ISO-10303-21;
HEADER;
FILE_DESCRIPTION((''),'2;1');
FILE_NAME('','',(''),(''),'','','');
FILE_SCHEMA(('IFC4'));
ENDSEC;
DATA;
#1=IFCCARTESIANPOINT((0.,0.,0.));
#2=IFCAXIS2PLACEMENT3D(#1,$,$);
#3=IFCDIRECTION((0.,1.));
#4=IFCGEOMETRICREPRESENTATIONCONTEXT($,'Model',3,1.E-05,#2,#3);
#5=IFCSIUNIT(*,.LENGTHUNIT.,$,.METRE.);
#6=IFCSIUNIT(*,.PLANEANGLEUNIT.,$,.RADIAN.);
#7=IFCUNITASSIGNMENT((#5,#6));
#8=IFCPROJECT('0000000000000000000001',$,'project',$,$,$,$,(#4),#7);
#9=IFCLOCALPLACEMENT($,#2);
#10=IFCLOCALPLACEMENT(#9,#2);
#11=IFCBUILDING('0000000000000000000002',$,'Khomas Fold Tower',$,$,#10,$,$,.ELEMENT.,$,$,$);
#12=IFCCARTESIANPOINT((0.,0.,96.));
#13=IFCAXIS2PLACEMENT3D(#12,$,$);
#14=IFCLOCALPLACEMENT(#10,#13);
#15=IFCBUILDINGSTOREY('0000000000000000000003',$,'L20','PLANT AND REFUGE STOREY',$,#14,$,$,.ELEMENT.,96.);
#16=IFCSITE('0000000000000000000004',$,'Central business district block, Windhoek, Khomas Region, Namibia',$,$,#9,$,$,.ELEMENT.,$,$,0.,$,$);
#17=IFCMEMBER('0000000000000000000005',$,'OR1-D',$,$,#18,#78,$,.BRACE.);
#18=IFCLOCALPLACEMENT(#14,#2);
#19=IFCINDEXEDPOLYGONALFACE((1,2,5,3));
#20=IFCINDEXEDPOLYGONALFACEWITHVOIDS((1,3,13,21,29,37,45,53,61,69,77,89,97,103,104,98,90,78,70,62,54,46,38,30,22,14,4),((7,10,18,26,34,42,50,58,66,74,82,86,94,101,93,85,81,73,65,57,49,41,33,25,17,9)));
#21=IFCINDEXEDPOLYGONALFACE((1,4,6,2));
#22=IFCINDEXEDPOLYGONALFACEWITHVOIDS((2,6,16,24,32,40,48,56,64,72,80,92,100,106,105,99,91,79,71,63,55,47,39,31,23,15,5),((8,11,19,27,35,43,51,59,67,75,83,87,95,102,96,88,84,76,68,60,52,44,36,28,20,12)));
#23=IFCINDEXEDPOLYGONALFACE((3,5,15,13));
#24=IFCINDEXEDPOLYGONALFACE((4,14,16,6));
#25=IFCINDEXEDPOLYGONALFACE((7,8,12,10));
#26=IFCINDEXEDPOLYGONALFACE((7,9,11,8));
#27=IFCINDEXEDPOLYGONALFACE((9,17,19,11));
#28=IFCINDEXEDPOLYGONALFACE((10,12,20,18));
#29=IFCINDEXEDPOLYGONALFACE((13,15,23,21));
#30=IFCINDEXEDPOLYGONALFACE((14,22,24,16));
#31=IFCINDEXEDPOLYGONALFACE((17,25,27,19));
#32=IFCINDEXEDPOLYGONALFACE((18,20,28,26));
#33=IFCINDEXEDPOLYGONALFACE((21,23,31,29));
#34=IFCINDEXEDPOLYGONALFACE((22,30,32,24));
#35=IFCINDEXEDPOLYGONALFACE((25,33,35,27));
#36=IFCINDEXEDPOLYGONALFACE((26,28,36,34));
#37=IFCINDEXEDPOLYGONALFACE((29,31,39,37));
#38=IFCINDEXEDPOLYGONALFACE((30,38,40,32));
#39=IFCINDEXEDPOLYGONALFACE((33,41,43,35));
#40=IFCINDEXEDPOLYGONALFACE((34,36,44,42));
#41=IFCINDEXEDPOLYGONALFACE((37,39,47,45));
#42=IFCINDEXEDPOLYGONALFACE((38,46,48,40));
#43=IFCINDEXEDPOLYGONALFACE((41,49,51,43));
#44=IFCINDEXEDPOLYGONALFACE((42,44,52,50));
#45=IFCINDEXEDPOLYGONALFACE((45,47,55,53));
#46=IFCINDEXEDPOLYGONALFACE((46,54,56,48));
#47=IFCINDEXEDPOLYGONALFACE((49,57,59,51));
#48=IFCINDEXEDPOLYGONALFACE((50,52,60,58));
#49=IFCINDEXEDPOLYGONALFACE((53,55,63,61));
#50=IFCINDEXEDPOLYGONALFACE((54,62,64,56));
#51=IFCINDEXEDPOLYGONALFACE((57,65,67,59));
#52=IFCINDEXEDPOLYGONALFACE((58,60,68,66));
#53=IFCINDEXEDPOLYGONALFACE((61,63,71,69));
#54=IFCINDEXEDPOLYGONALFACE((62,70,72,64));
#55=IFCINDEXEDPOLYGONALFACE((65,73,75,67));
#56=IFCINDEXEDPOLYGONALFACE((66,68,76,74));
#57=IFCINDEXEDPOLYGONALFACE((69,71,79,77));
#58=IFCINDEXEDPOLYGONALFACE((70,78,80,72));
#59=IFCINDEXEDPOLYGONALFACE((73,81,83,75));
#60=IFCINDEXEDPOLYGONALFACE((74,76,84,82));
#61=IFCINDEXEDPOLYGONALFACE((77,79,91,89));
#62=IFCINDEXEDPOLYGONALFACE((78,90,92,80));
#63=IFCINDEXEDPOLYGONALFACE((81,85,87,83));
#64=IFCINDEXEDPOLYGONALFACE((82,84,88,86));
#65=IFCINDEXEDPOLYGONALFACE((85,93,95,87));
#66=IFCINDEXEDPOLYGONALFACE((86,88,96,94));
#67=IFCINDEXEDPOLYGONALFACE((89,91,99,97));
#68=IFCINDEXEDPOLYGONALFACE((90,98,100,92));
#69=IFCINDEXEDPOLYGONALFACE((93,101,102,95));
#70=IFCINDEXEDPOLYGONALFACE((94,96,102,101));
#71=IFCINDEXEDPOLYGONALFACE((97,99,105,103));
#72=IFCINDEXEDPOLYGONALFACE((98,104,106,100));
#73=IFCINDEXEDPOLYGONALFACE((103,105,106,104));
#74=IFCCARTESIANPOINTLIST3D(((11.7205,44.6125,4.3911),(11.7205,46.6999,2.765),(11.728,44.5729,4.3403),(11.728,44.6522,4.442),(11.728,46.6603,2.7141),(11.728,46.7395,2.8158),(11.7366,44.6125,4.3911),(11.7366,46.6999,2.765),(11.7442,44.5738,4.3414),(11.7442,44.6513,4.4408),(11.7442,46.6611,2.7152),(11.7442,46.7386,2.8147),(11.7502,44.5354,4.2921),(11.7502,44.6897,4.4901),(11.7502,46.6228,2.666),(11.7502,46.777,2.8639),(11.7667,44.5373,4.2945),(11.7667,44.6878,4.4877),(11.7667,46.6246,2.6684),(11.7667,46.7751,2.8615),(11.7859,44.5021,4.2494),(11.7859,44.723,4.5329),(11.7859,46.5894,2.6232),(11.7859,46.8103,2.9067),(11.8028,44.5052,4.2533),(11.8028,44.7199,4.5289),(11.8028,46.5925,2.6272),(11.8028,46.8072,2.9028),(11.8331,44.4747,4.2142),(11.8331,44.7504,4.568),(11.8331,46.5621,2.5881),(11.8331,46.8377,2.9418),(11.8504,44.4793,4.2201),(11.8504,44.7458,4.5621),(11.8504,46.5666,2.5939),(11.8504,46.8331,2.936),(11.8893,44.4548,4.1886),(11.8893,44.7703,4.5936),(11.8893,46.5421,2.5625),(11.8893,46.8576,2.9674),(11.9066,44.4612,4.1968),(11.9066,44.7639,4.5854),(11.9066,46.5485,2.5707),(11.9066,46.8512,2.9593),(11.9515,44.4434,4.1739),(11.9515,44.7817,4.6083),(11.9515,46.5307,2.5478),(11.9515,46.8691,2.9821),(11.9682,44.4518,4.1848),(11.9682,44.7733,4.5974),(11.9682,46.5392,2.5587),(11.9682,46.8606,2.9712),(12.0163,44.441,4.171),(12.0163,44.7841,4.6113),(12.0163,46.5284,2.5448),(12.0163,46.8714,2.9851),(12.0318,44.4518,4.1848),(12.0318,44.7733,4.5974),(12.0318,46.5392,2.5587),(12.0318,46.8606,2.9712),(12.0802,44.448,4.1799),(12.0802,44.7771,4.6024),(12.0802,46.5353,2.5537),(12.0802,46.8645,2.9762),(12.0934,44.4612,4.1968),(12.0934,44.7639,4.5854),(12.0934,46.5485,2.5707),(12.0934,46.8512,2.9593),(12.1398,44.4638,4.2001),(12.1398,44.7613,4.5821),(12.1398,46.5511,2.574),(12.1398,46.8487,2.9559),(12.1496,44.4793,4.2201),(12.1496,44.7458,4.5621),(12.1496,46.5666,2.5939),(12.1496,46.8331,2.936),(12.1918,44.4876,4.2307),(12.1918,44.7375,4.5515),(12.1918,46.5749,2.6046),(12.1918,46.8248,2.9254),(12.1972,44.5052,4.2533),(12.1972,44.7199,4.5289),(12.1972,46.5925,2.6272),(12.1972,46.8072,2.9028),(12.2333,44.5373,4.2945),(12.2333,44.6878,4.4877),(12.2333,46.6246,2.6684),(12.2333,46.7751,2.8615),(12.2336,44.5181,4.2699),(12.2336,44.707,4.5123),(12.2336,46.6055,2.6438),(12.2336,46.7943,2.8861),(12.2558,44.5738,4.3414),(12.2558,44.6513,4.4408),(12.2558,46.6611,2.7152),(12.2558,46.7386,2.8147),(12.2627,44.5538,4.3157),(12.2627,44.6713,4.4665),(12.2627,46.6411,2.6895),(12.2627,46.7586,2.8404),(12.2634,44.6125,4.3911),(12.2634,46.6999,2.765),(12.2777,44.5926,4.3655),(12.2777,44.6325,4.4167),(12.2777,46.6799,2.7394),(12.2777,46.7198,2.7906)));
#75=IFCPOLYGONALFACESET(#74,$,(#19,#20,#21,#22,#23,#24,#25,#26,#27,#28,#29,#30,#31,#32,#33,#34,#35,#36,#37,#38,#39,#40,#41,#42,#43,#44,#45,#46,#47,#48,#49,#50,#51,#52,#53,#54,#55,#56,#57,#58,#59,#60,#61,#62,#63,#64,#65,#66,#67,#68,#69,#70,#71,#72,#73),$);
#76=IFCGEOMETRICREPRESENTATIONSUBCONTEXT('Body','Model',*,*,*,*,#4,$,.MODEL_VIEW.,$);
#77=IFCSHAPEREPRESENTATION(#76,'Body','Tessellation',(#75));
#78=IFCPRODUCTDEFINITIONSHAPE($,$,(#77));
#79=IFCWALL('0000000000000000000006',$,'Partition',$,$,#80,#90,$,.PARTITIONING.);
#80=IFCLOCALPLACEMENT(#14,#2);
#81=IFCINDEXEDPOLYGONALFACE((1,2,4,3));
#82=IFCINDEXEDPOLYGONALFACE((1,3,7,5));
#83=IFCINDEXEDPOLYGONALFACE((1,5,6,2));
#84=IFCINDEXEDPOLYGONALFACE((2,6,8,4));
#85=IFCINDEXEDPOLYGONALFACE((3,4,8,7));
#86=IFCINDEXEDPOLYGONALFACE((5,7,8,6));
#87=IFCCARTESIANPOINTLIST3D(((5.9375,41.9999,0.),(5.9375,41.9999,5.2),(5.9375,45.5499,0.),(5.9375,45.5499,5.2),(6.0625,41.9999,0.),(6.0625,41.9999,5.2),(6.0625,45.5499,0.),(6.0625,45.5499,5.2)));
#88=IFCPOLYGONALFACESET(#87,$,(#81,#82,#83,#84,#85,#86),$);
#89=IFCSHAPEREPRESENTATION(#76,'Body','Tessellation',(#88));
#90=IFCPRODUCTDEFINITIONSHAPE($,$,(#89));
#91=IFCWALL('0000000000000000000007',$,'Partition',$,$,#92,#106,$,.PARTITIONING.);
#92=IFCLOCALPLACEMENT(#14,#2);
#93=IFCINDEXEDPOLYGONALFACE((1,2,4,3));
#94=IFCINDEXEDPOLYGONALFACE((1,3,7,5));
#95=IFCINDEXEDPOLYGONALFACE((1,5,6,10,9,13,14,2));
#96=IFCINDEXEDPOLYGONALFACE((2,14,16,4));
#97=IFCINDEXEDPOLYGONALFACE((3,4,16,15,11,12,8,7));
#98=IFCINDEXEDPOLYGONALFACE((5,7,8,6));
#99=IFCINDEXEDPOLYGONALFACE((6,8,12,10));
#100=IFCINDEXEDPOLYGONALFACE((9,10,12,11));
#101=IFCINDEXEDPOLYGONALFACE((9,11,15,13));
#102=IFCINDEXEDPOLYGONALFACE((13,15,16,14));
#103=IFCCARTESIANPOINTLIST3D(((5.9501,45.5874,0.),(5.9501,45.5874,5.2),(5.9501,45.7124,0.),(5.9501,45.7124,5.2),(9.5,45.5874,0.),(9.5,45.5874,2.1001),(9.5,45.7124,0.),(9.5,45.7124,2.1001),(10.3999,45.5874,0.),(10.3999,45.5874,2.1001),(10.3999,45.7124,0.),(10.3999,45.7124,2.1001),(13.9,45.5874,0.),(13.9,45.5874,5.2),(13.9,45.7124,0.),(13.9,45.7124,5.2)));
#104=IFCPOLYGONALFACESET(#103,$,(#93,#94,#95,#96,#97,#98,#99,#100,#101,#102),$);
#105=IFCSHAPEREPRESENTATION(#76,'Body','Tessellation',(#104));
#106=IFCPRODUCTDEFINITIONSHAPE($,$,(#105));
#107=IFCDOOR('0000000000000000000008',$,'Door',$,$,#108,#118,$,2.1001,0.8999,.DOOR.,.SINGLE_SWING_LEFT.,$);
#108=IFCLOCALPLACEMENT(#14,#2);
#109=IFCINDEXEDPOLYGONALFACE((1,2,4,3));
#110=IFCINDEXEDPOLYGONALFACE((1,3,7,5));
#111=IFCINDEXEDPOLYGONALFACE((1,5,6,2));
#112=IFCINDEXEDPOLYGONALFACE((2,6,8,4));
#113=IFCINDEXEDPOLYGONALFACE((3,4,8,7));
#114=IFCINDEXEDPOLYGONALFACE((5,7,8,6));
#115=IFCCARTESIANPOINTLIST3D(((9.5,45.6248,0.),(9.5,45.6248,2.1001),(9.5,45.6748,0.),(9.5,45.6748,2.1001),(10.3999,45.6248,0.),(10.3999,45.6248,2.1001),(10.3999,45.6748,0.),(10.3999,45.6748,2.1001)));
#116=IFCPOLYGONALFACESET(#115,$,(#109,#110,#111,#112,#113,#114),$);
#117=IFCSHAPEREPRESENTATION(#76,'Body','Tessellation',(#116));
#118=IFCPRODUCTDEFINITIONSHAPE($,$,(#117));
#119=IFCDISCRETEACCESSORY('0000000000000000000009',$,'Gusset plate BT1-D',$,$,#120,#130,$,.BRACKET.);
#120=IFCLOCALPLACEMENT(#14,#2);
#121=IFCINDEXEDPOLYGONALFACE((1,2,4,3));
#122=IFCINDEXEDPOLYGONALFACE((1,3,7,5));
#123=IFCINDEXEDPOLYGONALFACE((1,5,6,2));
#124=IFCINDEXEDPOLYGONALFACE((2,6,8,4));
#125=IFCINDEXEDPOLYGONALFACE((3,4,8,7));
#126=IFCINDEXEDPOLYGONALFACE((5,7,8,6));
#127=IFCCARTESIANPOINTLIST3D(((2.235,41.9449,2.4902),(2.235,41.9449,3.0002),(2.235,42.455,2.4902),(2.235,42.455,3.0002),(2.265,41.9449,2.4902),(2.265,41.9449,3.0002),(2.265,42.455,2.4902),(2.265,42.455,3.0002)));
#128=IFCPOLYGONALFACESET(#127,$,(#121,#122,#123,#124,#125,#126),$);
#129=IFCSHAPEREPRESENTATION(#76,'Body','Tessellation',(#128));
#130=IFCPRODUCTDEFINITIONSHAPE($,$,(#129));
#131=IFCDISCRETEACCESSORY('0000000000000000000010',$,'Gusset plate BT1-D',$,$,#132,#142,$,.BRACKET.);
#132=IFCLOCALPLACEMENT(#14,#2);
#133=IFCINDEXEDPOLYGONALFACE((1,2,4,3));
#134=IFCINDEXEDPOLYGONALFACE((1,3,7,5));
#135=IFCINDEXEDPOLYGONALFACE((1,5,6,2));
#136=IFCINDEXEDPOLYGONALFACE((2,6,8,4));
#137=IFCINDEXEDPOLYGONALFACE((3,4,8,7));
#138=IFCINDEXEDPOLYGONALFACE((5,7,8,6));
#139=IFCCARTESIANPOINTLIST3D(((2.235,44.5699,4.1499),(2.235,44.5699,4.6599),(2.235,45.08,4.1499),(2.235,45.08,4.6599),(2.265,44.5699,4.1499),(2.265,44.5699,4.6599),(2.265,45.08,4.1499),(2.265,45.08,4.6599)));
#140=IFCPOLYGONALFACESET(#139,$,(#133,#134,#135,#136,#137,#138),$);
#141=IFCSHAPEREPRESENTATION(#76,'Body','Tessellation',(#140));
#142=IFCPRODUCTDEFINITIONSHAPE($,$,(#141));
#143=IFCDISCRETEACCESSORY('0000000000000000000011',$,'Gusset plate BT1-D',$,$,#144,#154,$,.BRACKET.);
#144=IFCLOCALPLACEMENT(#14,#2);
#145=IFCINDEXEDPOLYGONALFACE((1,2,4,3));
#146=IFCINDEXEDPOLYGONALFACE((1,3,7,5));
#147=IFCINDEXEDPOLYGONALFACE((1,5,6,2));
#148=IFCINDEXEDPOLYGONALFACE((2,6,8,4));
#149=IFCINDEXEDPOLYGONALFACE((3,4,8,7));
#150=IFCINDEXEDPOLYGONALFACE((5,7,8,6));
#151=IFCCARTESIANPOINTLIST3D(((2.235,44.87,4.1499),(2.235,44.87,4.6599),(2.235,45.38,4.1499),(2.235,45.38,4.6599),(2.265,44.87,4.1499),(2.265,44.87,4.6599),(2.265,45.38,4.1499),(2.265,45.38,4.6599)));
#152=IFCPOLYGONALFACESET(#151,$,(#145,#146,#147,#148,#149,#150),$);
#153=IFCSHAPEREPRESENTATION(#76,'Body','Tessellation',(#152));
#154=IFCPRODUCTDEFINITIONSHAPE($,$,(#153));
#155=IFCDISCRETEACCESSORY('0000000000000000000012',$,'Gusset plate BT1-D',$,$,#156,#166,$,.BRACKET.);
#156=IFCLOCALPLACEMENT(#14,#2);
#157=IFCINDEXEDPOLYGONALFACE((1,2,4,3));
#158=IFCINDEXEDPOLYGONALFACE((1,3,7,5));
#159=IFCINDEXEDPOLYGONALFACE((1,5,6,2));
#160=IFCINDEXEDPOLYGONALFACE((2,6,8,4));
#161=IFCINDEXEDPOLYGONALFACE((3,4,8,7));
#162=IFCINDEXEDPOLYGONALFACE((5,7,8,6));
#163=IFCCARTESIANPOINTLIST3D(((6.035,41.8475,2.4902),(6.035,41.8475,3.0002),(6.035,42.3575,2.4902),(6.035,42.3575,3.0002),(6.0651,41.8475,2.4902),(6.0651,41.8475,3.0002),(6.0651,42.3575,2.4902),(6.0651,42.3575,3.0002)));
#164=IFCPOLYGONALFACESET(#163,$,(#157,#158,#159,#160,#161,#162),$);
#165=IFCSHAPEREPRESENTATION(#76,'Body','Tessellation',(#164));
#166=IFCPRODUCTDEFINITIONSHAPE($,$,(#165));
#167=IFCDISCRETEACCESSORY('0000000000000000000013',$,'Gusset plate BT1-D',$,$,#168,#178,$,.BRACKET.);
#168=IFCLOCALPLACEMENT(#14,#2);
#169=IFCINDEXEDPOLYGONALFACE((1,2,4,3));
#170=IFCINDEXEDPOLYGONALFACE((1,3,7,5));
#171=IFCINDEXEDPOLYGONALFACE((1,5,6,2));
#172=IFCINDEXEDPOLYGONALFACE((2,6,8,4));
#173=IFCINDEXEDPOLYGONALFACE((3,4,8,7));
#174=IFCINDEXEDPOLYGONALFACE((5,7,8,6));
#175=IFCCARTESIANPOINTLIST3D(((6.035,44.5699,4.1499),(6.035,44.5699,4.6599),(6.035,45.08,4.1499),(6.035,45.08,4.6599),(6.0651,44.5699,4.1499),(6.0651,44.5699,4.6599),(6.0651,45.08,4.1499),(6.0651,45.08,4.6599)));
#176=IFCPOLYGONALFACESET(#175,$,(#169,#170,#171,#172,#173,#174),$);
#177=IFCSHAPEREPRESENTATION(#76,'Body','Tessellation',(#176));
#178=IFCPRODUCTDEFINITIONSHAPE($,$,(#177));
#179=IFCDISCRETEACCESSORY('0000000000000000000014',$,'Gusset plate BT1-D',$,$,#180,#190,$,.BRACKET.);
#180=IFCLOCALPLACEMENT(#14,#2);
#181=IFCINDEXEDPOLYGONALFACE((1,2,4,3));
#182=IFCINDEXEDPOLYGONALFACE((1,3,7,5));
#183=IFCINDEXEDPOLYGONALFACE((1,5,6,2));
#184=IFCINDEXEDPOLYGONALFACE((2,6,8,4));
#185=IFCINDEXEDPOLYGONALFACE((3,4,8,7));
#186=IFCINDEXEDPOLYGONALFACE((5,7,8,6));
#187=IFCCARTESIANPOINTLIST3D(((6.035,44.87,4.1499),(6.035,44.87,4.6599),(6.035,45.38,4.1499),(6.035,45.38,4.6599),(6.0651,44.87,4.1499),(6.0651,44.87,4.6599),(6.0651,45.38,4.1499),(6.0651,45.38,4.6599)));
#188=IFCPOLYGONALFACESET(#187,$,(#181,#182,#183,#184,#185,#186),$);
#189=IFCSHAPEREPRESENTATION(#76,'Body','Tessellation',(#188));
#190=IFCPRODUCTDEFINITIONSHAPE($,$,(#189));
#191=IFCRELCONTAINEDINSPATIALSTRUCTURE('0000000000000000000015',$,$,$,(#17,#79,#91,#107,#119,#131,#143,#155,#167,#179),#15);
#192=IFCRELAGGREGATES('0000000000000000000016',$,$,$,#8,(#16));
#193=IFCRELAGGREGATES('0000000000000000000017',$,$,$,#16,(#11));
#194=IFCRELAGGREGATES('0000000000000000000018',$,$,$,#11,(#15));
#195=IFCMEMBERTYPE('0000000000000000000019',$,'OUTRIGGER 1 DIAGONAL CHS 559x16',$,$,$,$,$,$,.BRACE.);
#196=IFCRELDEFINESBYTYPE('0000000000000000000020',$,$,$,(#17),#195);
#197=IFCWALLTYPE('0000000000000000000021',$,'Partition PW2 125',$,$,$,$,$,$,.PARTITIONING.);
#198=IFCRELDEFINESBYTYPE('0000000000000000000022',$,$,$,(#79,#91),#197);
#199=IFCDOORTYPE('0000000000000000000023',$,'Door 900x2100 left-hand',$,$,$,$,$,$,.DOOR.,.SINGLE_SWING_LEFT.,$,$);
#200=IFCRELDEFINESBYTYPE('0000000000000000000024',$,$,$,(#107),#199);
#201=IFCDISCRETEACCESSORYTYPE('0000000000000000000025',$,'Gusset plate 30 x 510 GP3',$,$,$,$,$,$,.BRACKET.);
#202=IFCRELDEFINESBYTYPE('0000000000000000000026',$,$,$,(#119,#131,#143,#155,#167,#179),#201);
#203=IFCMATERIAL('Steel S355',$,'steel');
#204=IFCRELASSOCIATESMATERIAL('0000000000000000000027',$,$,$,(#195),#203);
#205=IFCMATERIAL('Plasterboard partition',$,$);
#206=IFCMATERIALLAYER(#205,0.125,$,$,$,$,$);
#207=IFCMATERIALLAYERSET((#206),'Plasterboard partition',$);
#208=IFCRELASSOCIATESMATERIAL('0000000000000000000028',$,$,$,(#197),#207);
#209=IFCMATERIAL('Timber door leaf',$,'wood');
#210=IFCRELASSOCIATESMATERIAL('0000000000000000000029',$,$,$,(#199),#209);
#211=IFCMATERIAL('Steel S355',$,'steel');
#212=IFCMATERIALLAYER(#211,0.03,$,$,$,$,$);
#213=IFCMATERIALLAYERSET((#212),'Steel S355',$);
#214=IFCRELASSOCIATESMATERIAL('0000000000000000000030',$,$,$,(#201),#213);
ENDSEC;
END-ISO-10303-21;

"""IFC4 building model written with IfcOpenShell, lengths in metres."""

from ifc_helpers import new_model, si_unit, direction, frame, frame_2d, origin, origin_2d, place, context, subcontext, project, spatial, rectangle, hollow_circle, extrude, source, transform, mapped, material, layer, layer_set, material_profile, profile_set, type_object, element, fill, save


model = new_model("IFC4")

# Units and contexts
model_context = context("Model", 3, precision=1e-05, world=origin(), true_north=direction((0.0, 1.0)))
body_context = subcontext(model_context, "Body", "Model", "MODEL_VIEW")
ifc_project = project(units=[si_unit("LENGTHUNIT", "METRE"), si_unit("PLANEANGLEUNIT", "RADIAN")], contexts=[model_context])

# Site, building, storey
site_placement = place(None, origin())
site = spatial("IfcSite", under=ifc_project, at=site_placement, Name="Central business district block, Windhoek, Khomas Region, Namibia", CompositionType="ELEMENT", RefElevation=0.0)
building_placement = place(site_placement, origin())
building = spatial("IfcBuilding", under=site, at=building_placement, Name="Khomas Fold Tower", CompositionType="ELEMENT")
storey_placement = place(building_placement, frame((0.0, 0.0, 96.0)))
storey = spatial("IfcBuildingStorey", under=building, at=storey_placement, Name="L20", Description="PLANT AND REFUGE STOREY", CompositionType="ELEMENT", Elevation=96.0)

# Member
ifc_material_1 = material(Name="Steel S355", Category="steel")
ifc_material_profile_1 = material_profile(ifc_material_1, hollow_circle(Radius=0.2795, WallThickness=0.0161, at=origin_2d()), Name="CHS 559x16")
ifc_profile_set_1 = profile_set([ifc_material_profile_1], Name="Steel S355")
member_type_1 = type_object("IfcMemberType", Name="OUTRIGGER 1 DIAGONAL CHS 559x16", PredefinedType="BRACE", material=ifc_profile_set_1)
shared_shape_1 = source(origin(), body_context, "Body", "SweptSolid", [
    extrude(hollow_circle(Radius=0.2795, WallThickness=0.0161, at=origin_2d()), origin(), (0.0, 0.0, 1.0), 2.646),
])
member_1_placement = place(storey_placement, frame((12.0, 44.6125, 4.3911), z_axis=(0.0, 0.78886, -0.614573), x_axis=(-1.0, 0.0, 0.0)))
element("IfcMember", 1, at=member_1_placement, inside=storey, type_object=member_type_1, Name="OR1-D", PredefinedType="BRACE", context=body_context, shape_type="MappedRepresentation", body=[
    mapped(shared_shape_1, transform((0.0, 0.0, 0.0))),
])

# Wall
ifc_material_2 = material(Name="Plasterboard partition")
ifc_layer_1 = layer(ifc_material_2, 0.125)
ifc_layer_set_1 = layer_set([ifc_layer_1], Name="Plasterboard partition")
wall_type = type_object("IfcWallType", Name="Partition PW2 125", PredefinedType="PARTITIONING", material=ifc_layer_set_1)
shared_shape_2 = source(origin(), body_context, "Body", "SweptSolid", [
    extrude(rectangle(XDim=3.55, YDim=0.125, at=frame_2d((1.7749, 0.0))), origin(), (0.0, 0.0, 1.0), 5.2),
])
wall_1_placement = place(storey_placement, frame((6.0, 42.0, 0.0), z_axis=(0.0, 0.0, 1.0), x_axis=(0.0, 1.0, 0.0)))
element("IfcWall", 2, at=wall_1_placement, inside=storey, type_object=wall_type, Name="Partition", PredefinedType="PARTITIONING", context=body_context, shape_type="MappedRepresentation", body=[
    mapped(shared_shape_2, transform((0.0, 0.0, 0.0))),
])

# Wall, opening, door
shared_shape_3 = source(origin(), body_context, "Body", "SweptSolid", [
    extrude(rectangle(XDim=7.95, YDim=0.125, at=frame_2d((3.9751, 0.0))), origin(), (0.0, 0.0, 1.0), 5.2),
])
wall_2_placement = place(storey_placement, frame((5.95, 45.6499, 0.0), z_axis=(0.0, 0.0, 1.0), x_axis=(1.0, 0.0, 0.0)))
wall_2 = element("IfcWall", 3, at=wall_2_placement, inside=storey, type_object=wall_type, Name="Partition", PredefinedType="PARTITIONING", context=body_context, shape_type="MappedRepresentation", body=[
    mapped(shared_shape_3, transform((0.0, 0.0, 0.0))),
])
shared_shape_4 = source(origin(), body_context, "Body", "SweptSolid", [
    extrude(rectangle(XDim=0.8999, YDim=2.1001, at=frame_2d((0.45, 1.05))), frame((0.0, 0.0725, 0.0), z_axis=(0.0, -1.0, 0.0), x_axis=(1.0, 0.0, 0.0)), (0.0, 0.0, 1.0), 0.145),
])
opening_placement = place(wall_2_placement, frame((3.55, 0.0, 0.0)))
opening = element("IfcOpeningElement", 4, at=opening_placement, cuts=wall_2, PredefinedType="OPENING", context=body_context, shape_type="MappedRepresentation", body=[
    mapped(shared_shape_4, transform((0.0, 0.0, 0.0))),
])
ifc_material_3 = material(Name="Timber door leaf", Category="wood")
door_type = type_object("IfcDoorType", Name="Door 900x2100 left-hand", OperationType="SINGLE_SWING_LEFT", PredefinedType="DOOR", material=ifc_material_3)
shared_shape_5 = source(origin(), body_context, "Body", "SweptSolid", [
    extrude(rectangle(XDim=0.8999, YDim=2.1001, at=frame_2d((0.45, 1.05))), frame((0.0, 0.0249, 0.0), z_axis=(0.0, -1.0, 0.0), x_axis=(1.0, 0.0, 0.0)), (0.0, 0.0, 1.0), 0.05),
])
door_placement = place(opening_placement, origin())
door = element("IfcDoor", 5, at=door_placement, inside=storey, type_object=door_type, Name="Door", OperationType="SINGLE_SWING_LEFT", OverallHeight=2.1001, OverallWidth=0.8999, PredefinedType="DOOR", context=body_context, shape_type="MappedRepresentation", body=[
    mapped(shared_shape_5, transform((0.0, 0.0, 0.0))),
])
fill(opening, door)

# Discrete accessories
ifc_material_4 = material(Name="Steel S355", Category="steel")
ifc_layer_2 = layer(ifc_material_4, 0.03)
ifc_layer_set_2 = layer_set([ifc_layer_2], Name="Steel S355")
discrete_accessory_type_1 = type_object("IfcDiscreteAccessoryType", Name="Gusset plate 30 x 510 GP3", PredefinedType="BRACKET", material=ifc_layer_set_2)
shared_shape_6 = source(origin(), body_context, "Body", "SweptSolid", [
    extrude(rectangle(XDim=0.51, YDim=0.03, at=origin_2d()), origin(), (0.0, 0.0, 1.0), 0.51),
])
for number, where, z_axis, x_axis, name in (
    (6, (2.25, 42.2, 2.4902), (0.0, 0.0, 1.0), (0.0, 1.0, 0.0), "Gusset plate BT1-D"),
    (7, (2.25, 44.825, 4.1499), (0.0, 0.0, 1.0), (0.0, 1.0, 0.0), "Gusset plate BT1-D"),
    (8, (2.25, 45.125, 4.1499), (0.0, 0.0, 1.0), (0.0, 1.0, 0.0), "Gusset plate BT1-D"),
    (9, (6.05, 42.1025, 2.4902), (0.0, 0.0, 1.0), (0.0, 1.0, 0.0), "Gusset plate BT1-D"),
    (10, (6.05, 44.825, 4.1499), (0.0, 0.0, 1.0), (0.0, 1.0, 0.0), "Gusset plate BT1-D"),
    (11, (6.05, 45.125, 4.1499), (0.0, 0.0, 1.0), (0.0, 1.0, 0.0), "Gusset plate BT1-D"),
):
    element("IfcDiscreteAccessory", number, at=place(storey_placement, frame(where, z_axis=z_axis, x_axis=x_axis)), inside=storey, type_object=discrete_accessory_type_1, Name=name, PredefinedType="BRACKET", context=body_context, shape_type="MappedRepresentation", body=[
        mapped(shared_shape_6, transform((0.0, 0.0, 0.0))),
    ])

save(model, "model.ifc")
